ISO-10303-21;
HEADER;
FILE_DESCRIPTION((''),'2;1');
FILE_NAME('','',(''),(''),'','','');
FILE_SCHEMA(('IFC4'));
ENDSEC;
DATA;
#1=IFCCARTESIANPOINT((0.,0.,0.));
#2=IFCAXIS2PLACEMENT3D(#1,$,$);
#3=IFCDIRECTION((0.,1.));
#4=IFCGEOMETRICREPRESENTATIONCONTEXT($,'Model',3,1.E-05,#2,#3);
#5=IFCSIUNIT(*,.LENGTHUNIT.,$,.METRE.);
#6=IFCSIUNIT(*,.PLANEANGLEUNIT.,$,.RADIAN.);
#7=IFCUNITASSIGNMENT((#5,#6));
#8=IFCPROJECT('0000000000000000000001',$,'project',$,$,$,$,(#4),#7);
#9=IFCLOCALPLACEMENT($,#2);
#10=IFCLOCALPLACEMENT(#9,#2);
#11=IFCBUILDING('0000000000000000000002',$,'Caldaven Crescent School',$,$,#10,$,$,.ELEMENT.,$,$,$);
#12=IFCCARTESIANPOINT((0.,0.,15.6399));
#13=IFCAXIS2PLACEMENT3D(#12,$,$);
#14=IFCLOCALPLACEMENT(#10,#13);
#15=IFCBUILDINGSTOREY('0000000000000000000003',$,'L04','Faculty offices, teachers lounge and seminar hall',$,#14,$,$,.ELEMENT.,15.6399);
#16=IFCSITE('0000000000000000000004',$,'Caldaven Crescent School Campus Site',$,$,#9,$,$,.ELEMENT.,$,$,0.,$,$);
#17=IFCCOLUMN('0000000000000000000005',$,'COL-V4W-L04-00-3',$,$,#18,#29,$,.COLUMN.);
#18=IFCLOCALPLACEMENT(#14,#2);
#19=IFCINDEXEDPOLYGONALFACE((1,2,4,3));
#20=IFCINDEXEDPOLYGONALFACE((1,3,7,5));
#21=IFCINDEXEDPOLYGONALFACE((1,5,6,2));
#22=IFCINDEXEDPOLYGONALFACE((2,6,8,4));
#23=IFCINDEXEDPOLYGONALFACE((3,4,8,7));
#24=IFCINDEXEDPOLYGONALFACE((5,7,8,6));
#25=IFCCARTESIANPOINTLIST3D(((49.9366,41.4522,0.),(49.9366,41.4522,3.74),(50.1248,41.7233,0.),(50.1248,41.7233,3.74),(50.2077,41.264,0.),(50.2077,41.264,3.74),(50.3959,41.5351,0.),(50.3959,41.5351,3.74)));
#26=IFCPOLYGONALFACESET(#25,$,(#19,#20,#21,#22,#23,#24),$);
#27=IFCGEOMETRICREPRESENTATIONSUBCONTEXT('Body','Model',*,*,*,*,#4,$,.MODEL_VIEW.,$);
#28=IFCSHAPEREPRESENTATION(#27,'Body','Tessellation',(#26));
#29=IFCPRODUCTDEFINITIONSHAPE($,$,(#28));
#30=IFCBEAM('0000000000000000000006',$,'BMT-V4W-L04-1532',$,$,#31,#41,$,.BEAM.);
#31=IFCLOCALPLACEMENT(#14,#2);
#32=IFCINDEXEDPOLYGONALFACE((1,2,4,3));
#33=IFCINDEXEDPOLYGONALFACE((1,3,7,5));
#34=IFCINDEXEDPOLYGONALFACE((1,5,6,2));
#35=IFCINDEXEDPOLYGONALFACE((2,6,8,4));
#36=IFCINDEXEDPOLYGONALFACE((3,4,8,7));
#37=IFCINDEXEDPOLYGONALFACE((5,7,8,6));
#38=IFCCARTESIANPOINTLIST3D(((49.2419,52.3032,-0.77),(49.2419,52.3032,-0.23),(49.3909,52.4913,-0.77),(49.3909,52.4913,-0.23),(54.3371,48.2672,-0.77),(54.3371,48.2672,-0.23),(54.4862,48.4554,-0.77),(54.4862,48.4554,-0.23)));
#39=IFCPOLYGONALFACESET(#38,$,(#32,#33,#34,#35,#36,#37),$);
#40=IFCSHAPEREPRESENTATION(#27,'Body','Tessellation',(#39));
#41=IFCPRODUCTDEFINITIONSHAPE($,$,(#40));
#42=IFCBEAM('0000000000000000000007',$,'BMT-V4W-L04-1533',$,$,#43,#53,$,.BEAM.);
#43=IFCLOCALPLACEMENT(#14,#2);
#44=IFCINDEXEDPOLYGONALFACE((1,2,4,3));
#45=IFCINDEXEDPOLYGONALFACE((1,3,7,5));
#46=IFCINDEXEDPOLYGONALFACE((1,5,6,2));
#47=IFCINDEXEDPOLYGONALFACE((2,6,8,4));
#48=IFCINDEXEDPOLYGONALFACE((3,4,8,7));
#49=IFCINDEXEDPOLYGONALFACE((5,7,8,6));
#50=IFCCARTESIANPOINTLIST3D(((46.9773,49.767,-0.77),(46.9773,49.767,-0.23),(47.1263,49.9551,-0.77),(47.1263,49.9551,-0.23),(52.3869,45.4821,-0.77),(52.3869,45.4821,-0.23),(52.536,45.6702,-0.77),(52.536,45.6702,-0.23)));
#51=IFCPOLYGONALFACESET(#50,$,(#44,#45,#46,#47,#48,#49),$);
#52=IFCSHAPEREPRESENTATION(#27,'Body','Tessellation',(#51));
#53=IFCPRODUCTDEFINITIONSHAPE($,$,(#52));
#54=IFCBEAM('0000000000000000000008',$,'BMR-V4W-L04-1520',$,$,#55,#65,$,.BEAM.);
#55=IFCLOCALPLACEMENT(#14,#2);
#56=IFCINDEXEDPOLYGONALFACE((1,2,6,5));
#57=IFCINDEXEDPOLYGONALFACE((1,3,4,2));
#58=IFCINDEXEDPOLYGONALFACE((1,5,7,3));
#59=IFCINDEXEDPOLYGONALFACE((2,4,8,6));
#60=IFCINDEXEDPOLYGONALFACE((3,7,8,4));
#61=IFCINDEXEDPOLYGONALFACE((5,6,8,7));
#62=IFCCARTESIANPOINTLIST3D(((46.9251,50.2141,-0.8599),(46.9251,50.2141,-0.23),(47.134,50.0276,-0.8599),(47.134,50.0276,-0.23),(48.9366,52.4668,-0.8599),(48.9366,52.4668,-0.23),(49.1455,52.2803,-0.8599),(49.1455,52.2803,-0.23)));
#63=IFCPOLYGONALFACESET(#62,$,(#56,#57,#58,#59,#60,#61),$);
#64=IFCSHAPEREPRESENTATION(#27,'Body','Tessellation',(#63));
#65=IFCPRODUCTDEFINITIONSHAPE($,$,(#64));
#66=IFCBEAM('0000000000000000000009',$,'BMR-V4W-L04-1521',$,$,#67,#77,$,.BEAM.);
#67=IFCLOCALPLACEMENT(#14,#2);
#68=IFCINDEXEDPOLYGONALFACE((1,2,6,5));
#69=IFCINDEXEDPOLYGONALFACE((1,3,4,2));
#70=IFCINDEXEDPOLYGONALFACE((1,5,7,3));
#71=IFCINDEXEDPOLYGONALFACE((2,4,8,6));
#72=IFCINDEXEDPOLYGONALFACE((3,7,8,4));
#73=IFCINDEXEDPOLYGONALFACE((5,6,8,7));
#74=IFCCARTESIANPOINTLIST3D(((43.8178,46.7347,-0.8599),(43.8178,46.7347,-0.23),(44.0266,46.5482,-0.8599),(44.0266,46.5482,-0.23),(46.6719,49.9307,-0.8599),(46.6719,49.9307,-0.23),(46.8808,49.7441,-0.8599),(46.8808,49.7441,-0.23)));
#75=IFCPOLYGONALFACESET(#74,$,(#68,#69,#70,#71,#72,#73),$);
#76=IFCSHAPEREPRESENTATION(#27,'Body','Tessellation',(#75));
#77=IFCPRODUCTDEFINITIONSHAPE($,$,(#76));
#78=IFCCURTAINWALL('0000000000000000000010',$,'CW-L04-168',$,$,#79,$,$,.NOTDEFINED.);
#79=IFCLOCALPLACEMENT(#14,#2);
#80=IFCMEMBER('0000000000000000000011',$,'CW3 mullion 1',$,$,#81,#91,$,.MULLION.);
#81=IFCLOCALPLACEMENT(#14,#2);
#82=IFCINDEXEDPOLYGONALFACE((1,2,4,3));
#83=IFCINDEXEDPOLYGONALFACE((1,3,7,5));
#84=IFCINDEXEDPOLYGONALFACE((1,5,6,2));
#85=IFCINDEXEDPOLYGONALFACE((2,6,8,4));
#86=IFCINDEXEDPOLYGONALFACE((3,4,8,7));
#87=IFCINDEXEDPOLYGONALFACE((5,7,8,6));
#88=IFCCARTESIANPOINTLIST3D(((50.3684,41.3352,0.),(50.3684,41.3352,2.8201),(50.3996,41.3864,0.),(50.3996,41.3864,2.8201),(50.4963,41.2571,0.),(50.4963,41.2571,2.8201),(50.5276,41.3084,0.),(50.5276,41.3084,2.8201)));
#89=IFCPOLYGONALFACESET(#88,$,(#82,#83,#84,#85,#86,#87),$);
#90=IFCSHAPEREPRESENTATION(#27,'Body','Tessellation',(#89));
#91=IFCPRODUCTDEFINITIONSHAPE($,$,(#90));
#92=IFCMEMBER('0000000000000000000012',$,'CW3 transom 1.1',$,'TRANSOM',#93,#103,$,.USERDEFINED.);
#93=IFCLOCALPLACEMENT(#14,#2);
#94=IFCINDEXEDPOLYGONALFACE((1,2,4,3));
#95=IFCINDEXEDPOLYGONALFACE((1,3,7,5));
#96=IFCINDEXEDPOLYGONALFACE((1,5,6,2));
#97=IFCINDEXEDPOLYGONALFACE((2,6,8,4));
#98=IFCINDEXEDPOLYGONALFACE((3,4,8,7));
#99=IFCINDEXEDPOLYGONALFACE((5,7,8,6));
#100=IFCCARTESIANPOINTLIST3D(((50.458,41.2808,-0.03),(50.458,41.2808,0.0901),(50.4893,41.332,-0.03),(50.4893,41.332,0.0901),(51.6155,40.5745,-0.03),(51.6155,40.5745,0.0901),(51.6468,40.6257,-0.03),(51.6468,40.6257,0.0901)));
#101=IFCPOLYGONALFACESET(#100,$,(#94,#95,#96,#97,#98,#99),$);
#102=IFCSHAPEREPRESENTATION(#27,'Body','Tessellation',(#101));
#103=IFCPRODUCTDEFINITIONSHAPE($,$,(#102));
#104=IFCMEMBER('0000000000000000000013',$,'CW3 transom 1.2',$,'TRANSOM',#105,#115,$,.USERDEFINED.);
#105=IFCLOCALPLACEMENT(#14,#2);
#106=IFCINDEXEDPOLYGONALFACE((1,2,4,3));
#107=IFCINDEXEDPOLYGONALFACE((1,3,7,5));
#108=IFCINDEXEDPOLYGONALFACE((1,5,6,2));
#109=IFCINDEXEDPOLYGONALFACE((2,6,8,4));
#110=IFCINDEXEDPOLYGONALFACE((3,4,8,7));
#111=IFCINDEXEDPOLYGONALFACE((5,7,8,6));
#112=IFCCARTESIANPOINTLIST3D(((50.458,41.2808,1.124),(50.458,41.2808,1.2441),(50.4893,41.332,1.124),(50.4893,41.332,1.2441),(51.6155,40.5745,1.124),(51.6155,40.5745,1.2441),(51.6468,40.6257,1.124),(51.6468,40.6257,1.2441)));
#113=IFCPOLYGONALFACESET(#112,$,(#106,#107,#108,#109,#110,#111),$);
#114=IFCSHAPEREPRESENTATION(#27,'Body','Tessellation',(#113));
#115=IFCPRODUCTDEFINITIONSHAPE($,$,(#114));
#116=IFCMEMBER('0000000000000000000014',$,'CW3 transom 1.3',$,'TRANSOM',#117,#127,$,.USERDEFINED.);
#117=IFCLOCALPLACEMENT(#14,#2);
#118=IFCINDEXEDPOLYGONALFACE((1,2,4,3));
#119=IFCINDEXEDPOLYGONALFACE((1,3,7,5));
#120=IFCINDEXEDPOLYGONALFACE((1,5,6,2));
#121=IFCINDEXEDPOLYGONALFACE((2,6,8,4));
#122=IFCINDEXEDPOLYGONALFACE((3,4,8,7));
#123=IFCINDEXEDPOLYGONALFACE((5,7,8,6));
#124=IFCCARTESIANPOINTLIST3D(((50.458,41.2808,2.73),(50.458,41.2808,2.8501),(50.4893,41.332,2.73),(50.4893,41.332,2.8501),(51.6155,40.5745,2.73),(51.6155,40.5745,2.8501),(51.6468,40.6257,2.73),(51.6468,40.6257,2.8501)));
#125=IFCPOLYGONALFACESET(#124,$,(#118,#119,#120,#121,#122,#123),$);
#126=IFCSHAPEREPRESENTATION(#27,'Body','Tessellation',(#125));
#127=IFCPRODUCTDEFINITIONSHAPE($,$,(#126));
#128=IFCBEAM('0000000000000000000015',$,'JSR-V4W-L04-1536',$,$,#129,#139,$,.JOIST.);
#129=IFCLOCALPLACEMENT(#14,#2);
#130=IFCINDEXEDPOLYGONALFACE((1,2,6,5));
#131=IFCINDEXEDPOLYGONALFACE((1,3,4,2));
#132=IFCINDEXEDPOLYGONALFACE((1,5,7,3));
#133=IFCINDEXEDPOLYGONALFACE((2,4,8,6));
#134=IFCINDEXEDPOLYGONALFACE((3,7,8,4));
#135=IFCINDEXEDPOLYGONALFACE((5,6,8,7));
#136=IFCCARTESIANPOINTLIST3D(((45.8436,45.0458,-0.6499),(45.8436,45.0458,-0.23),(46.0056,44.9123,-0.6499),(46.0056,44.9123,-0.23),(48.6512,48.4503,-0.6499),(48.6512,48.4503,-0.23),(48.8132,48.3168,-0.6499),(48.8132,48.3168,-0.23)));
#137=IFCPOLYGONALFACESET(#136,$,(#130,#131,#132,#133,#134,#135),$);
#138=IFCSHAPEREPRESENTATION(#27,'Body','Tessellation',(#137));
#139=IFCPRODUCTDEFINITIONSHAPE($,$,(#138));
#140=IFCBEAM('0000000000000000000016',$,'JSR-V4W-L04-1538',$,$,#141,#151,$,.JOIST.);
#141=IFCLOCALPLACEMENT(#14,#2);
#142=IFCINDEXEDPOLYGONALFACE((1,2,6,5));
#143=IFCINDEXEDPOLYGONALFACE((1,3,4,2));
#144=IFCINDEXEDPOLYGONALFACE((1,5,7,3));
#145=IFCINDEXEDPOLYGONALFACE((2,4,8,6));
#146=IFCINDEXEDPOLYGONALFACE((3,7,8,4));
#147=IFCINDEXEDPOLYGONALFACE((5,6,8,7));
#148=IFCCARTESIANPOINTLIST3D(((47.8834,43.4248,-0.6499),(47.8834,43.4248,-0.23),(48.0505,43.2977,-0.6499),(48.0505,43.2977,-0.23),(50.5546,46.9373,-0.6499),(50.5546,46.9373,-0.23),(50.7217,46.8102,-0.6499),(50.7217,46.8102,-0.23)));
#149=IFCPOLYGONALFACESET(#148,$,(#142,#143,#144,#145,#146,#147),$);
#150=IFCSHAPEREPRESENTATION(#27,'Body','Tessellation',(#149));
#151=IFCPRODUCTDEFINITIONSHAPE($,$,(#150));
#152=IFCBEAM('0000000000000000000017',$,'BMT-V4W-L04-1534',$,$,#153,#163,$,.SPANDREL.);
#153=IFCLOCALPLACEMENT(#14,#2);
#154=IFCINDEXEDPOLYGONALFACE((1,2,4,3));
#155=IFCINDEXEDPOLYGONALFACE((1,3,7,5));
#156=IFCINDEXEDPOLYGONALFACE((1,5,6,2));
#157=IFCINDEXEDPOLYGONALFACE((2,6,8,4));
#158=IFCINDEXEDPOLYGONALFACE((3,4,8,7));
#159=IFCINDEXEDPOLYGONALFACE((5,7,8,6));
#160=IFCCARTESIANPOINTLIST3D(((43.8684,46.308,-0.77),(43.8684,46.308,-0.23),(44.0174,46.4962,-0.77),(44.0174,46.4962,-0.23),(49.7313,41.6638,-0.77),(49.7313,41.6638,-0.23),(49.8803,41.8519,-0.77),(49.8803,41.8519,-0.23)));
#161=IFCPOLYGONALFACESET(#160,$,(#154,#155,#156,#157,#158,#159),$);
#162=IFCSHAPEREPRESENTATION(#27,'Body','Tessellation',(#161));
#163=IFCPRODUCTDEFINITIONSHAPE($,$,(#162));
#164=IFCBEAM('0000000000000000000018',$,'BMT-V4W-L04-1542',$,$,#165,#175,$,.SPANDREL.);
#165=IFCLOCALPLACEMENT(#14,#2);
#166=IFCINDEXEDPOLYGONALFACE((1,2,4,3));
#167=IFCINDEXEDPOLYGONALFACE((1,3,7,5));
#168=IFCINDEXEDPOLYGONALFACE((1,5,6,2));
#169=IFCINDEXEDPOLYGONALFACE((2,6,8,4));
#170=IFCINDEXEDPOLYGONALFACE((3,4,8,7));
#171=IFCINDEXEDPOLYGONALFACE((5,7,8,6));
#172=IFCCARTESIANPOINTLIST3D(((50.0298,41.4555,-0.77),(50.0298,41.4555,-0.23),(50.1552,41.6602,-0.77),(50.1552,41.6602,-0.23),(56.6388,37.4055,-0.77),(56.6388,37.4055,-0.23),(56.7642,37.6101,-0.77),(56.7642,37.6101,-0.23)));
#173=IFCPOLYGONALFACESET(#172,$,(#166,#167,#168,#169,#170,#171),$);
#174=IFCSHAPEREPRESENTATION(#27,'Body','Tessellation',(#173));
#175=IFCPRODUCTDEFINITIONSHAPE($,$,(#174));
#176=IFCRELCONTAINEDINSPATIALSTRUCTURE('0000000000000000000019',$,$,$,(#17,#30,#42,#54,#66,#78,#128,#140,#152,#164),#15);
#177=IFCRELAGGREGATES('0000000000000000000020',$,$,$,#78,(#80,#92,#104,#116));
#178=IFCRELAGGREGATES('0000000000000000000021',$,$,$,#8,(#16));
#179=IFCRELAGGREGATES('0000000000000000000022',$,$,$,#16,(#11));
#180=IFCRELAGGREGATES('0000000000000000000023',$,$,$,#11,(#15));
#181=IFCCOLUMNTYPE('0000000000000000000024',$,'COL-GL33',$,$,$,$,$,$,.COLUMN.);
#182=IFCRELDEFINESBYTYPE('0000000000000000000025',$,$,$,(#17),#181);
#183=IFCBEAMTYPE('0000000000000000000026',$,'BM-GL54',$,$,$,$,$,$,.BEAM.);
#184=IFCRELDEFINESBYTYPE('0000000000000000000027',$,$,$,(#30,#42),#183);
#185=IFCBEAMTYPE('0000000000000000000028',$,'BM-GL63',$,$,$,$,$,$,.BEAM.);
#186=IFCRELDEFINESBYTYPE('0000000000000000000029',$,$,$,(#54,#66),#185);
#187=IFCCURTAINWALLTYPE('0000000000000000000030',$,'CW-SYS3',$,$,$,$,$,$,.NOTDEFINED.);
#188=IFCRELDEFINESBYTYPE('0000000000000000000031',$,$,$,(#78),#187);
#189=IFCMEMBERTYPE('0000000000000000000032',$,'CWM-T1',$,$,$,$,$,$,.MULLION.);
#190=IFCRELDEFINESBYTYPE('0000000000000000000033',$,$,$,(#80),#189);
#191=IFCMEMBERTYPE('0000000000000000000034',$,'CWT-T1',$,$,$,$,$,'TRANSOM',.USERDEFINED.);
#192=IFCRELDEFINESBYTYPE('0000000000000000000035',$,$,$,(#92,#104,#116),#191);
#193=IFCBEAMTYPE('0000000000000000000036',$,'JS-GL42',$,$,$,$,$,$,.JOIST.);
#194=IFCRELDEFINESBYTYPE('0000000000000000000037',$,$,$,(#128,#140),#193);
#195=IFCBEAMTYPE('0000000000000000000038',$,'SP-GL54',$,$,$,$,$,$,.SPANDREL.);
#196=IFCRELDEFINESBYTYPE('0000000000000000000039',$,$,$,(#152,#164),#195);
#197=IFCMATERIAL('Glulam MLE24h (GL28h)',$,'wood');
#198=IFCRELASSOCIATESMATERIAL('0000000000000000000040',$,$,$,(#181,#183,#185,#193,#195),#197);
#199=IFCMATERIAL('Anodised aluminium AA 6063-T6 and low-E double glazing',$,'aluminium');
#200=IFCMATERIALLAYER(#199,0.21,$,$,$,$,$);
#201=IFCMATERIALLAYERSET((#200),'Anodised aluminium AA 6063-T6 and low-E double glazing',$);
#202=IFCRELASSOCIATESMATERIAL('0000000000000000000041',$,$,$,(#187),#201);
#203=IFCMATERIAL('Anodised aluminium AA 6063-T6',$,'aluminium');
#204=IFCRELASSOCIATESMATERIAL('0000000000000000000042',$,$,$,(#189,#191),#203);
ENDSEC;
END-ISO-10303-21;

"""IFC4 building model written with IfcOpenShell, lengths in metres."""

from ifc_helpers import new_model, si_unit, direction, frame, origin, origin_2d, place, context, subcontext, project, spatial, rectangle, extrude, material, layer, layer_set, material_profile, profile_set, type_object, element, aggregate, save


model = new_model("IFC4")

# Units and contexts
model_context = context("Model", 3, precision=1e-05, world=origin(), true_north=direction((0.0, 1.0)))
body_context = subcontext(model_context, "Body", "Model", "MODEL_VIEW")
ifc_project = project(units=[si_unit("LENGTHUNIT", "METRE"), si_unit("PLANEANGLEUNIT", "RADIAN")], contexts=[model_context])

# Site, building, storey
site_placement = place(None, origin())
site = spatial("IfcSite", under=ifc_project, at=site_placement, Name="Caldaven Crescent School Campus Site", CompositionType="ELEMENT", RefElevation=0.0)
building_placement = place(site_placement, origin())
building = spatial("IfcBuilding", under=site, at=building_placement, Name="Caldaven Crescent School", CompositionType="ELEMENT")
storey_placement = place(building_placement, frame((0.0, 0.0, 15.6399)))
storey = spatial("IfcBuildingStorey", under=building, at=storey_placement, Name="L04", Description="Faculty offices, teachers lounge and seminar hall", CompositionType="ELEMENT", Elevation=15.6399)

# Column
ifc_material_1 = material(Name="Glulam MLE24h (GL28h)", Category="wood")
ifc_material_profile_1 = material_profile(ifc_material_1, rectangle(XDim=0.3301, YDim=0.3301, at=origin_2d()), Name="MLE 330x330")
ifc_profile_set_1 = profile_set([ifc_material_profile_1], Name="Glulam MLE24h (GL28h)")
column_type = type_object("IfcColumnType", Name="COL-GL33", PredefinedType="COLUMN", material=ifc_profile_set_1)
column_placement = place(storey_placement, frame((50.1663, 41.4937, 0.0), z_axis=(0.0, 0.0, 1.0), x_axis=(-0.570284, -0.821448, 0.0)))
element("IfcColumn", 1, at=column_placement, inside=storey, type_object=column_type, Name="COL-V4W-L04-00-3", PredefinedType="COLUMN", context=body_context, shape_type="SweptSolid", body=[
    extrude(rectangle(XDim=0.3301, YDim=0.3301, at=origin_2d()), origin(), (0.0, 0.0, 1.0), 3.74),
])

# Beams
ifc_material_profile_2 = material_profile(ifc_material_1, rectangle(XDim=0.24, YDim=0.54, at=origin_2d()), Name="MLE 240x540")
ifc_profile_set_2 = profile_set([ifc_material_profile_2], Name="Glulam MLE24h (GL28h)")
beam_type_1 = type_object("IfcBeamType", Name="BM-GL54", PredefinedType="BEAM", material=ifc_profile_set_2)
beam_1_placement = place(storey_placement, frame((49.3164, 52.3972, -0.5), z_axis=(0.783883, -0.620909, 0.0), x_axis=(0.620909, 0.783883, 0.0)))
element("IfcBeam", 2, at=beam_1_placement, inside=storey, type_object=beam_type_1, Name="BMT-V4W-L04-1532", PredefinedType="BEAM", context=body_context, shape_type="SweptSolid", body=[
    extrude(rectangle(XDim=0.24, YDim=0.54, at=origin_2d()), origin(), (0.0, 0.0, 1.0), 6.5),
])
beam_2_placement = place(storey_placement, frame((47.0518, 49.8611, -0.5), z_axis=(0.783887, -0.620904, 0.0), x_axis=(0.620904, 0.783887, 0.0)))
element("IfcBeam", 3, at=beam_2_placement, inside=storey, type_object=beam_type_1, Name="BMT-V4W-L04-1533", PredefinedType="BEAM", context=body_context, shape_type="SweptSolid", body=[
    extrude(rectangle(XDim=0.24, YDim=0.54, at=origin_2d()), origin(), (0.0, 0.0, 1.0), 6.9011),
])
ifc_material_profile_3 = material_profile(ifc_material_1, rectangle(XDim=0.28, YDim=0.6299, at=origin_2d()), Name="MLE 280x630")
ifc_profile_set_3 = profile_set([ifc_material_profile_3], Name="Glulam MLE24h (GL28h)")
beam_type_2 = type_object("IfcBeamType", Name="BM-GL63", PredefinedType="BEAM", material=ifc_profile_set_3)
beam_3_placement = place(storey_placement, frame((49.041, 52.3735, -0.5449), z_axis=(-0.666043, -0.745913, 0.0), x_axis=(0.745913, -0.666043, 0.0)))
element("IfcBeam", 4, at=beam_3_placement, inside=storey, type_object=beam_type_2, Name="BMR-V4W-L04-1520", PredefinedType="BEAM", context=body_context, shape_type="SweptSolid", body=[
    extrude(rectangle(XDim=0.28, YDim=0.6299, at=origin_2d()), origin(), (0.0, 0.0, 1.0), 3.02),
])
beam_4_placement = place(storey_placement, frame((46.7764, 49.8374, -0.5449), z_axis=(-0.666098, -0.745864, 0.0), x_axis=(0.745864, -0.666098, 0.0)))
element("IfcBeam", 5, at=beam_4_placement, inside=storey, type_object=beam_type_2, Name="BMR-V4W-L04-1521", PredefinedType="BEAM", context=body_context, shape_type="SweptSolid", body=[
    extrude(rectangle(XDim=0.28, YDim=0.6299, at=origin_2d()), origin(), (0.0, 0.0, 1.0), 4.2849),
])

# Curtain wall, members
ifc_material_2 = material(Name="Anodised aluminium AA 6063-T6 and low-E double glazing", Category="aluminium")
ifc_layer_1 = layer(ifc_material_2, 0.21)
ifc_layer_set_1 = layer_set([ifc_layer_1], Name="Anodised aluminium AA 6063-T6 and low-E double glazing")
curtain_wall_type = type_object("IfcCurtainWallType", Name="CW-SYS3", PredefinedType="NOTDEFINED", material=ifc_layer_set_1)
curtain_wall_placement = place(storey_placement, origin())
curtain_wall = element("IfcCurtainWall", 6, at=curtain_wall_placement, inside=storey, type_object=curtain_wall_type, Name="CW-L04-168", PredefinedType="NOTDEFINED")
ifc_material_3 = material(Name="Anodised aluminium AA 6063-T6", Category="aluminium")
ifc_material_profile_4 = material_profile(ifc_material_3, rectangle(XDim=0.0601, YDim=0.1499, at=origin_2d()), Name="CWM 60x150")
ifc_profile_set_4 = profile_set([ifc_material_profile_4], Name="Anodised aluminium AA 6063-T6")
member_type_1 = type_object("IfcMemberType", Name="CWM-T1", PredefinedType="MULLION", material=ifc_profile_set_4)
member_1_placement = place(storey_placement, frame((50.448, 41.3218, 0.0), z_axis=(0.0, 0.0, 1.0), x_axis=(0.52075, 0.853709, 0.0)))
member_1 = element("IfcMember", 7, at=member_1_placement, type_object=member_type_1, Name="CW3 mullion 1", PredefinedType="MULLION", context=body_context, shape_type="SweptSolid", body=[
    extrude(rectangle(XDim=0.0601, YDim=0.1499, at=origin_2d()), origin(), (0.0, 0.0, 1.0), 2.8201),
])
ifc_material_profile_5 = material_profile(ifc_material_3, rectangle(XDim=0.0601, YDim=0.1201, at=origin_2d()), Name="CWT 60x120")
ifc_profile_set_5 = profile_set([ifc_material_profile_5], Name="Anodised aluminium AA 6063-T6")
member_type_2 = type_object("IfcMemberType", Name="CWT-T1", ElementType="TRANSOM", PredefinedType="USERDEFINED", material=ifc_profile_set_5)
member_2_placement = place(storey_placement, frame((50.4736, 41.3064, 0.03), z_axis=(0.853624, -0.520889, 0.0), x_axis=(0.520889, 0.853624, 0.0)))
member_2 = element("IfcMember", 8, at=member_2_placement, type_object=member_type_2, Name="CW3 transom 1.1", ObjectType="TRANSOM", PredefinedType="USERDEFINED", context=body_context, shape_type="SweptSolid", body=[
    extrude(rectangle(XDim=0.0601, YDim=0.1201, at=origin_2d()), origin(), (0.0, 0.0, 1.0), 1.356),
])
member_3_placement = place(storey_placement, frame((50.4736, 41.3064, 1.1841), z_axis=(0.853624, -0.520889, 0.0), x_axis=(0.520889, 0.853624, 0.0)))
member_3 = element("IfcMember", 9, at=member_3_placement, type_object=member_type_2, Name="CW3 transom 1.2", ObjectType="TRANSOM", PredefinedType="USERDEFINED", context=body_context, shape_type="SweptSolid", body=[
    extrude(rectangle(XDim=0.0601, YDim=0.1201, at=origin_2d()), origin(), (0.0, 0.0, 1.0), 1.356),
])
member_4_placement = place(storey_placement, frame((50.4736, 41.3064, 2.79), z_axis=(0.853624, -0.520889, 0.0), x_axis=(0.520889, 0.853624, 0.0)))
member_4 = element("IfcMember", 10, at=member_4_placement, type_object=member_type_2, Name="CW3 transom 1.3", ObjectType="TRANSOM", PredefinedType="USERDEFINED", context=body_context, shape_type="SweptSolid", body=[
    extrude(rectangle(XDim=0.0601, YDim=0.1201, at=origin_2d()), origin(), (0.0, 0.0, 1.0), 1.356),
])

# Beams
ifc_material_profile_6 = material_profile(ifc_material_1, rectangle(XDim=0.21, YDim=0.4199, at=origin_2d()), Name="MLE 210x420")
ifc_profile_set_6 = profile_set([ifc_material_profile_6], Name="Glulam MLE24h (GL28h)")
beam_type_3 = type_object("IfcBeamType", Name="JS-GL42", PredefinedType="JOIST", material=ifc_profile_set_6)
for number, where, z_axis, x_axis, name in (
    (11, (48.7322, 48.3835, -0.4399), (-0.636231, -0.771499, 0.0), (0.771499, -0.636231, 0.0), "JSR-V4W-L04-1536"),
    (12, (50.6382, 46.8738, -0.4399), (-0.605325, -0.795979, 0.0), (0.795979, -0.605325, 0.0), "JSR-V4W-L04-1538"),
):
    element("IfcBeam", number, at=place(storey_placement, frame(where, z_axis=z_axis, x_axis=x_axis)), inside=storey, type_object=beam_type_3, Name=name, PredefinedType="JOIST", context=body_context, shape_type="SweptSolid", body=[
        extrude(rectangle(XDim=0.21, YDim=0.4199, at=origin_2d()), origin(), (0.0, 0.0, 1.0), 4.4128),
    ])
ifc_material_profile_7 = material_profile(ifc_material_1, rectangle(XDim=0.24, YDim=0.54, at=origin_2d()), Name="MLE 240x540")
ifc_profile_set_7 = profile_set([ifc_material_profile_7], Name="Glulam MLE24h (GL28h)")
beam_type_4 = type_object("IfcBeamType", Name="SP-GL54", PredefinedType="SPANDREL", material=ifc_profile_set_7)
beam_5_placement = place(storey_placement, frame((43.9429, 46.4021, -0.5), z_axis=(0.783869, -0.620926, 0.0), x_axis=(0.620926, 0.783869, 0.0)))
element("IfcBeam", 13, at=beam_5_placement, inside=storey, type_object=beam_type_4, Name="BMT-V4W-L04-1534", PredefinedType="SPANDREL", context=body_context, shape_type="SweptSolid", body=[
    extrude(rectangle(XDim=0.24, YDim=0.54, at=origin_2d()), origin(), (0.0, 0.0, 1.0), 7.4795),
])
beam_6_placement = place(storey_placement, frame((50.0925, 41.5579, -0.5), z_axis=(0.852633, -0.52251, 0.0), x_axis=(0.52251, 0.852633, 0.0)))
element("IfcBeam", 14, at=beam_6_placement, inside=storey, type_object=beam_type_4, Name="BMT-V4W-L04-1542", PredefinedType="SPANDREL", context=body_context, shape_type="SweptSolid", body=[
    extrude(rectangle(XDim=0.24, YDim=0.54, at=origin_2d()), origin(), (0.0, 0.0, 1.0), 7.7512),
])

aggregate(curtain_wall, [member_1, member_2, member_3, member_4])

save(model, "model.ifc")
